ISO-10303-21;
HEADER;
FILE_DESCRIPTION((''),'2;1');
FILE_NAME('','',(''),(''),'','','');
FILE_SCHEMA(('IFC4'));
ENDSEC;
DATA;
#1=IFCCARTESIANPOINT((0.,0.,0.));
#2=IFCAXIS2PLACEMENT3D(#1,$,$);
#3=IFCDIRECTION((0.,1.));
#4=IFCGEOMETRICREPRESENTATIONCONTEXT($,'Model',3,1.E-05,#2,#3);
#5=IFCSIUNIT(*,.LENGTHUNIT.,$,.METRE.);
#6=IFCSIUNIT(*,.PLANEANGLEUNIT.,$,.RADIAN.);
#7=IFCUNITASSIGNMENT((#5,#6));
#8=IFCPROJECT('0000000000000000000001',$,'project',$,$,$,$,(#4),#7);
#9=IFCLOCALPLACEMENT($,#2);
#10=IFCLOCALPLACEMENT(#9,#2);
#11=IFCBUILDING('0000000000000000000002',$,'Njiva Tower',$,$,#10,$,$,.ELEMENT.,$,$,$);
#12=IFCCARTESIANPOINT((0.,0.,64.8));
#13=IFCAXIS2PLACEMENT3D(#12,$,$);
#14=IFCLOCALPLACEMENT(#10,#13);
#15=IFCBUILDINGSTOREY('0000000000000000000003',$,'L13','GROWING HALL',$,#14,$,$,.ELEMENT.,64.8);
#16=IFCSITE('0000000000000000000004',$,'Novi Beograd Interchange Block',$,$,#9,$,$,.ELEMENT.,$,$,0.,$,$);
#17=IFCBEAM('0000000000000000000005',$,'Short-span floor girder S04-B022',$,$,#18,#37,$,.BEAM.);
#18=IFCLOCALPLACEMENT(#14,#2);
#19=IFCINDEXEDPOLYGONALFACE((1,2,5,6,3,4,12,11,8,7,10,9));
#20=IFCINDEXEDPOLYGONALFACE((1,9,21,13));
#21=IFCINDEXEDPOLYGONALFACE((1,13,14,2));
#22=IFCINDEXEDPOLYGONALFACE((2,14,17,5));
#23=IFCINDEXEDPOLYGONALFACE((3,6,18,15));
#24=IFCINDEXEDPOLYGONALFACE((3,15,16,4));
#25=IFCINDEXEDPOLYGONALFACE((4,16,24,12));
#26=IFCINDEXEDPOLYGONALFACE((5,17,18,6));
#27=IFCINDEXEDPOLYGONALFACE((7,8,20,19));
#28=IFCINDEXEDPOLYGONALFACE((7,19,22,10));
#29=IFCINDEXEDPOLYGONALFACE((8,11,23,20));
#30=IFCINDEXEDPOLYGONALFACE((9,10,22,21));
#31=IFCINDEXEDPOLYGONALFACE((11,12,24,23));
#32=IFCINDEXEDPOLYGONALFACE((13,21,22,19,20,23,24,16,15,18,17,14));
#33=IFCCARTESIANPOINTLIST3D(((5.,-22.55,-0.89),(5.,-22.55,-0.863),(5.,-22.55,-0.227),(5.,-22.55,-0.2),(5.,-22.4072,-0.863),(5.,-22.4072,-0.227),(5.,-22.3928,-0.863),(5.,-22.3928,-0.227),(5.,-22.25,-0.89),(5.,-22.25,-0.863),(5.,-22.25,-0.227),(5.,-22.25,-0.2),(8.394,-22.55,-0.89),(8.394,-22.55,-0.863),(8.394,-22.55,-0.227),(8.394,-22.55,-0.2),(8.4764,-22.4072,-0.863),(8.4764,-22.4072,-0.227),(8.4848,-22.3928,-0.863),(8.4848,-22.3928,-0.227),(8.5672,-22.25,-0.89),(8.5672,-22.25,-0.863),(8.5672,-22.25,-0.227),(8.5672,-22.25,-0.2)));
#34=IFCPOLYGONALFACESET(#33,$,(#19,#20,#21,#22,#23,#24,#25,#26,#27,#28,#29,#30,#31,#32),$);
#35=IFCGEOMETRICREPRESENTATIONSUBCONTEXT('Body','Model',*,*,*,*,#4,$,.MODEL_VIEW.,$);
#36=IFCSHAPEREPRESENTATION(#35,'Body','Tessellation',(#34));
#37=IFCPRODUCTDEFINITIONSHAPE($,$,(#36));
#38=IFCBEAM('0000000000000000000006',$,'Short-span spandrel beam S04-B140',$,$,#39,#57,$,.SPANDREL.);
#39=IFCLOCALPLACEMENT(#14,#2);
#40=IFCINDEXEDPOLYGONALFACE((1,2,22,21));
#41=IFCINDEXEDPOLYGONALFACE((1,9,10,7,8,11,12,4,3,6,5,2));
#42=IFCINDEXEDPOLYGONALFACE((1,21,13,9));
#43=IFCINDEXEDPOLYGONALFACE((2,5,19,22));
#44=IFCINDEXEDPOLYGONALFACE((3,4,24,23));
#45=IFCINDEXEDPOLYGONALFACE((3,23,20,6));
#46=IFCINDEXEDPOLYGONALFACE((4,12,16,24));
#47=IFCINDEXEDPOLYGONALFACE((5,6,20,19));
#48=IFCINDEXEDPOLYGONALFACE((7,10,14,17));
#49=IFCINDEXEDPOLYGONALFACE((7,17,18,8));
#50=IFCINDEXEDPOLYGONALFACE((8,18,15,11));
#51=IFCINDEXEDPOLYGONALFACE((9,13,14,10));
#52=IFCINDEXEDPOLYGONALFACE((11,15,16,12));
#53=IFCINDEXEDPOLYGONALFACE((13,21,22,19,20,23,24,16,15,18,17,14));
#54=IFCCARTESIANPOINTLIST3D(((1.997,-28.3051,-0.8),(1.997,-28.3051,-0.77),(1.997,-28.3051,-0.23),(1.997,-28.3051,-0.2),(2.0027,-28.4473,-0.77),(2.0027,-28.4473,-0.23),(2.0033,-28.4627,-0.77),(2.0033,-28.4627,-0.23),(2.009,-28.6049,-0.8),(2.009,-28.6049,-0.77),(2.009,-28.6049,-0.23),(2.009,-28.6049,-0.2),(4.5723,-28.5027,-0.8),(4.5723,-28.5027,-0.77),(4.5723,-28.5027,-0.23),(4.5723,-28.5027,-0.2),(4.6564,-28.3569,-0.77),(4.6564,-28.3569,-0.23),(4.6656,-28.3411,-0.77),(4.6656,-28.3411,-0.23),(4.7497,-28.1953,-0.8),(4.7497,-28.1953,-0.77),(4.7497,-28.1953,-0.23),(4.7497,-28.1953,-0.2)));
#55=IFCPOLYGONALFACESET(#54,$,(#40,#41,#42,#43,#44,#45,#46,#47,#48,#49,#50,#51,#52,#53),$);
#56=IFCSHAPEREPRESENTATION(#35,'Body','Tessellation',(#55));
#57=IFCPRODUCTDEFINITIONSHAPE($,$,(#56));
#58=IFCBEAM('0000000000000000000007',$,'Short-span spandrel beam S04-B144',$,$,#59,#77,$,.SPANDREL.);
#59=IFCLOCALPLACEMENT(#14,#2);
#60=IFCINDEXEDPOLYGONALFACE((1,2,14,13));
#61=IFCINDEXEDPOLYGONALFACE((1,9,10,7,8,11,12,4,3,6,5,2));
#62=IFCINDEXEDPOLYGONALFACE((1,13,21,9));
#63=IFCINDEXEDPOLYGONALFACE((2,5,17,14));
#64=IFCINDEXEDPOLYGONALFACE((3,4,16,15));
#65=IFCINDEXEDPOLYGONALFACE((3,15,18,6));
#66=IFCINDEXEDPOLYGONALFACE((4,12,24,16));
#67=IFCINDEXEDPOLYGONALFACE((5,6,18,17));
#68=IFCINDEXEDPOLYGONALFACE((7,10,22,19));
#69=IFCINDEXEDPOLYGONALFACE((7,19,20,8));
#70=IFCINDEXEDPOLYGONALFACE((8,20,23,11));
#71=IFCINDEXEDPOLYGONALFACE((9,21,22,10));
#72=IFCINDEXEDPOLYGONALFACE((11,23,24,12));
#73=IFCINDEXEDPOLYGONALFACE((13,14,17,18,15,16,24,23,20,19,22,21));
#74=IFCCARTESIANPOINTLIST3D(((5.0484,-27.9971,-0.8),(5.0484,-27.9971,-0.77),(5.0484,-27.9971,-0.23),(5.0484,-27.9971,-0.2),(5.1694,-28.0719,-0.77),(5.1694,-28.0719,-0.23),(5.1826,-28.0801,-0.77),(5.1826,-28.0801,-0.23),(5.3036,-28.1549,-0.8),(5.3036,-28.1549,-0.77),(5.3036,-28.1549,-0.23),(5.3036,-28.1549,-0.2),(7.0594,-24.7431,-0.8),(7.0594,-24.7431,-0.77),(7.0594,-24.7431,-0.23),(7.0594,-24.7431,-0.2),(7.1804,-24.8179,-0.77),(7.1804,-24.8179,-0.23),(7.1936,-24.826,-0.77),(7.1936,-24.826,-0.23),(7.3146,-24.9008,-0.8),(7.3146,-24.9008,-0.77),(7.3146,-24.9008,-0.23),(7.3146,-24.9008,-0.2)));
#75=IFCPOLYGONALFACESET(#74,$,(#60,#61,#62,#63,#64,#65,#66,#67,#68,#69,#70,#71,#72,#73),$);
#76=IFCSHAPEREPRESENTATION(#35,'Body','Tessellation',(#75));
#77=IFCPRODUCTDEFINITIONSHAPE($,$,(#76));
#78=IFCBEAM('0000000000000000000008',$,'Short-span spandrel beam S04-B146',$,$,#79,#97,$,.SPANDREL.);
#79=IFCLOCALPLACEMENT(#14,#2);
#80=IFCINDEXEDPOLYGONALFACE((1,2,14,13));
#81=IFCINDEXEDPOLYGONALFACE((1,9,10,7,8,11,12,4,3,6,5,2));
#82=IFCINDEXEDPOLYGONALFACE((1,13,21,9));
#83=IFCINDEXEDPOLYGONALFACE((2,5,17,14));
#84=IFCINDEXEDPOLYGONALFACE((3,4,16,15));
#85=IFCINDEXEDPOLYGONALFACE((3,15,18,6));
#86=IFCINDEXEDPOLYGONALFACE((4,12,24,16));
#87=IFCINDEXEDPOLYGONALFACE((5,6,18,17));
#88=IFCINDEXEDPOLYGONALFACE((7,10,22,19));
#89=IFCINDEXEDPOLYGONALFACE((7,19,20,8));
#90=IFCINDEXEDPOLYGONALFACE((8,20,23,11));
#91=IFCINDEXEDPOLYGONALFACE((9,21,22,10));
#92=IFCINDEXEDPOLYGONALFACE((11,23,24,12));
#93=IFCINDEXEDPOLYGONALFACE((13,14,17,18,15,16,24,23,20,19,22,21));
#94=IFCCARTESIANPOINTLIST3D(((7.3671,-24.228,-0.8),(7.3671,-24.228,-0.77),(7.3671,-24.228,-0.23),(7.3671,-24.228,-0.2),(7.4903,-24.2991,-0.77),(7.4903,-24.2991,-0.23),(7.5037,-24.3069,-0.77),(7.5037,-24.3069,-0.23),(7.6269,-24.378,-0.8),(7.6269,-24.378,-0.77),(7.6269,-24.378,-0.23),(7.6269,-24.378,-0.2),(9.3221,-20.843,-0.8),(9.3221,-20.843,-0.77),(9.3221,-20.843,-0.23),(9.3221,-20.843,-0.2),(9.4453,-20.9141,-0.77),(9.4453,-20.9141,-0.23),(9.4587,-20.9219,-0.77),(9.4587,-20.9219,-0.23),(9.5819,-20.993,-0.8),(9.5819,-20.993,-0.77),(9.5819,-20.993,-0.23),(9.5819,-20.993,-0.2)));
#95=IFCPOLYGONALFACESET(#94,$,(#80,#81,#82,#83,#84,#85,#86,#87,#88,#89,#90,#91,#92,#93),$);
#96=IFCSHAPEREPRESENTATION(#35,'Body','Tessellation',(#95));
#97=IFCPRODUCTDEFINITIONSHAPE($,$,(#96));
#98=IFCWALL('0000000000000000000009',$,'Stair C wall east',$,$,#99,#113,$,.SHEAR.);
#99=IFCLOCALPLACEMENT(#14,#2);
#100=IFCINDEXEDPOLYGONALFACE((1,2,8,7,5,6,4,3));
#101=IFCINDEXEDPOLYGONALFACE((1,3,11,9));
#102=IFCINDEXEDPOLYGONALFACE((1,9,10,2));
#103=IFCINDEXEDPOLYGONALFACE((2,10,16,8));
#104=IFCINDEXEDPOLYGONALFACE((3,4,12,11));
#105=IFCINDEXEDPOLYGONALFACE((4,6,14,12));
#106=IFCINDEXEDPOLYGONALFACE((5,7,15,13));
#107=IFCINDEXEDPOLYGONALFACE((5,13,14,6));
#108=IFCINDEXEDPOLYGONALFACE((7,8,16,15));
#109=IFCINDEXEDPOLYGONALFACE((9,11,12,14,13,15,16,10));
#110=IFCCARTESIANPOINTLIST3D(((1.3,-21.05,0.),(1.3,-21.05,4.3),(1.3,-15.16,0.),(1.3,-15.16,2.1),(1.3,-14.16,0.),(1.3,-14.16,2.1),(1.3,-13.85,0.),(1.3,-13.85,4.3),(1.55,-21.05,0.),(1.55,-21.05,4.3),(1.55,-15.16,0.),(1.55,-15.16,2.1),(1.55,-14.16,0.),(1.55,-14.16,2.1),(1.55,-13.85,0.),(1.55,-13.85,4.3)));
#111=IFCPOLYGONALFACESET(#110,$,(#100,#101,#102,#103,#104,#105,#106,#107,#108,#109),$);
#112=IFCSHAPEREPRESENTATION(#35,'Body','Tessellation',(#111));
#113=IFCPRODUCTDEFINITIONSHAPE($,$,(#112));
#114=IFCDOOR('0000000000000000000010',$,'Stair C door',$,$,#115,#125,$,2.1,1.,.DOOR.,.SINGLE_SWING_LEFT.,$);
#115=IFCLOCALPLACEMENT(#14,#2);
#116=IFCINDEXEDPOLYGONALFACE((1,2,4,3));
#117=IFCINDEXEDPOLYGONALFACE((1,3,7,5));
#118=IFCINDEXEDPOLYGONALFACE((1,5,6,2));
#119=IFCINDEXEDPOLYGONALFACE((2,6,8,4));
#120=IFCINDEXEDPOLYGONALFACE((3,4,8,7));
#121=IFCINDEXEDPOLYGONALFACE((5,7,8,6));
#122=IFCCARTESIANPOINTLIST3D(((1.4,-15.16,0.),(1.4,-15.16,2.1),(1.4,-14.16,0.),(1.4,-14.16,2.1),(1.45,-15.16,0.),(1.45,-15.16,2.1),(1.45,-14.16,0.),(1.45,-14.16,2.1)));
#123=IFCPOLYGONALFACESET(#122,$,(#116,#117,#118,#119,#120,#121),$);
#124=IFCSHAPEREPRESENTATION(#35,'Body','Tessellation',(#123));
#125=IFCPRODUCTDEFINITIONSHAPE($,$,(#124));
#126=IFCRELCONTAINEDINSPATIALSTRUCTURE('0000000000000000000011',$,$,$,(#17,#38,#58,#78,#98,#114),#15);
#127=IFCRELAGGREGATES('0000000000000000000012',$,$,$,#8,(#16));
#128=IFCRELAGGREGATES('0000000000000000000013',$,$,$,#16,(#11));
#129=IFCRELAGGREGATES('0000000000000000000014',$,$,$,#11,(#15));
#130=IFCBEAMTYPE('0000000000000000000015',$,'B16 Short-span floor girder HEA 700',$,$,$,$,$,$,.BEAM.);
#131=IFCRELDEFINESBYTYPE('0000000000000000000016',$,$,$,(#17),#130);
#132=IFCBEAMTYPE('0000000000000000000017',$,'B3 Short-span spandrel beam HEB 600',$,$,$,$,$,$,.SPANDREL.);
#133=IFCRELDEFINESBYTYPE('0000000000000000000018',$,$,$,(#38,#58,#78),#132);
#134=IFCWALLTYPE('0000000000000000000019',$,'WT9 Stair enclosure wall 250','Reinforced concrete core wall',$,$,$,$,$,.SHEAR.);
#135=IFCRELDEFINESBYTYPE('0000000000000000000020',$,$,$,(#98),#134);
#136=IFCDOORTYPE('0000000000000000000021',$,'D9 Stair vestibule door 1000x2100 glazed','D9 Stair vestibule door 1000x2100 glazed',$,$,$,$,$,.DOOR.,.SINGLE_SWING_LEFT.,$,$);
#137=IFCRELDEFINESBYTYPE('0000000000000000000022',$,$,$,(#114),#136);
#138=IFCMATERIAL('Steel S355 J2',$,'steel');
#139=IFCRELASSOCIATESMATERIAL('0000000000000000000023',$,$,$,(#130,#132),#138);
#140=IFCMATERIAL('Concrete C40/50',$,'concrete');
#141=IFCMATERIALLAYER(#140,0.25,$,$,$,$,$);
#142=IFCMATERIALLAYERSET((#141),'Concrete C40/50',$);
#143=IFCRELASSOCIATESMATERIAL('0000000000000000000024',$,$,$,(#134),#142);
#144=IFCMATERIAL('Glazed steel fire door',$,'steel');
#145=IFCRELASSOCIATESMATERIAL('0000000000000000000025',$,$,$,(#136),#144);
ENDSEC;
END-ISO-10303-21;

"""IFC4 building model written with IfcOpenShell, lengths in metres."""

from ifc_helpers import new_model, si_unit, direction, frame, frame_2d, origin, origin_2d, place, context, subcontext, project, spatial, rectangle, i_section, extrude, clip, halfspace, material, layer, layer_set, material_profile, profile_set, type_object, element, fill, save


model = new_model("IFC4")

# Units and contexts
model_context = context("Model", 3, precision=1e-05, world=origin(), true_north=direction((0.0, 1.0)))
body_context = subcontext(model_context, "Body", "Model", "MODEL_VIEW")
ifc_project = project(units=[si_unit("LENGTHUNIT", "METRE"), si_unit("PLANEANGLEUNIT", "RADIAN")], contexts=[model_context])

# Site, building, storey
site_placement = place(None, origin())
site = spatial("IfcSite", under=ifc_project, at=site_placement, Name="Novi Beograd Interchange Block", CompositionType="ELEMENT", RefElevation=0.0)
building_placement = place(site_placement, origin())
building = spatial("IfcBuilding", under=site, at=building_placement, Name="Njiva Tower", CompositionType="ELEMENT")
storey_placement = place(building_placement, frame((0.0, 0.0, 64.8)))
storey = spatial("IfcBuildingStorey", under=building, at=storey_placement, Name="L13", Description="GROWING HALL", CompositionType="ELEMENT", Elevation=64.8)

# Shared definitions
ifc_material_1 = material(Name="Steel S355 J2", Category="steel")

# Beams
ifc_material_profile_1 = material_profile(ifc_material_1, i_section(OverallWidth=0.3, OverallDepth=0.69, WebThickness=0.0145, FlangeThickness=0.027, at=origin_2d()), Name="HEA 700")
ifc_profile_set_1 = profile_set([ifc_material_profile_1], Name="Steel S355 J2")
beam_type_1 = type_object("IfcBeamType", Name="B16 Short-span floor girder HEA 700", PredefinedType="BEAM", material=ifc_profile_set_1)
beam_1_placement = place(storey_placement, frame((5.0, -22.4, -0.545), z_axis=(1.0, 0.0, 0.0), x_axis=(0.0, 1.0, 0.0)))
element("IfcBeam", 1, at=beam_1_placement, inside=storey, type_object=beam_type_1, Name="Short-span floor girder S04-B022", PredefinedType="BEAM", context=body_context, shape_type="Clipping", body=[
    clip(extrude(i_section(OverallWidth=0.3, OverallDepth=0.69, WebThickness=0.0145, FlangeThickness=0.027, at=origin_2d()), origin(), (0.0, 0.0, 1.0), 3.588), halfspace(frame((-0.025, 0.0, 3.4662), z_axis=(-0.499998, 0.0, 0.866027), x_axis=(0.0, 1.0, 0.0)), False)),
])
ifc_material_profile_2 = material_profile(ifc_material_1, i_section(OverallWidth=0.3, OverallDepth=0.6, WebThickness=0.0155, FlangeThickness=0.03, at=origin_2d()), Name="HEB 600")
ifc_profile_set_2 = profile_set([ifc_material_profile_2], Name="Steel S355 J2")
beam_type_2 = type_object("IfcBeamType", Name="B3 Short-span spandrel beam HEB 600", PredefinedType="SPANDREL", material=ifc_profile_set_2)
beam_2_placement = place(storey_placement, frame((2.003, -28.455, -0.5), z_axis=(0.999206, 0.039848, 0.0), x_axis=(-0.039848, 0.999206, 0.0)))
element("IfcBeam", 2, at=beam_2_placement, inside=storey, type_object=beam_type_2, Name="Short-span spandrel beam S04-B140", PredefinedType="SPANDREL", context=body_context, shape_type="Clipping", body=[
    clip(extrude(i_section(OverallWidth=0.3, OverallDepth=0.6, WebThickness=0.0155, FlangeThickness=0.03, at=origin_2d()), origin(), (0.0, 0.0, 1.0), 2.7751), halfspace(frame((-0.0263, 0.0, 2.6435), z_axis=(-0.53411, 0.0, 0.845415), x_axis=(0.0, 1.0, 0.0)), False)),
])
beam_3_placement = place(storey_placement, frame((5.176, -28.076, -0.5), z_axis=(0.525715, 0.85066, 0.0), x_axis=(-0.85066, 0.525715, 0.0)))
element("IfcBeam", 3, at=beam_3_placement, inside=storey, type_object=beam_type_2, Name="Short-span spandrel beam S04-B144", PredefinedType="SPANDREL", context=body_context, shape_type="SweptSolid", body=[
    extrude(i_section(OverallWidth=0.3, OverallDepth=0.6, WebThickness=0.0155, FlangeThickness=0.03, at=origin_2d()), origin(), (0.0, 0.0, 1.0), 3.8253),
])
beam_4_placement = place(storey_placement, frame((7.497, -24.303, -0.5), z_axis=(0.500128, 0.865951, 0.0), x_axis=(-0.865951, 0.500128, 0.0)))
element("IfcBeam", 4, at=beam_4_placement, inside=storey, type_object=beam_type_2, Name="Short-span spandrel beam S04-B146", PredefinedType="SPANDREL", context=body_context, shape_type="SweptSolid", body=[
    extrude(i_section(OverallWidth=0.3, OverallDepth=0.6, WebThickness=0.0155, FlangeThickness=0.03, at=origin_2d()), origin(), (0.0, 0.0, 1.0), 3.909),
])

# Wall, opening, door
ifc_material_2 = material(Name="Concrete C40/50", Category="concrete")
ifc_layer_1 = layer(ifc_material_2, 0.25)
ifc_layer_set_1 = layer_set([ifc_layer_1], Name="Concrete C40/50")
wall_type_1 = type_object("IfcWallType", Name="WT9 Stair enclosure wall 250", Description="Reinforced concrete core wall", PredefinedType="SHEAR", material=ifc_layer_set_1)
wall_1_placement = place(storey_placement, frame((1.425, -21.05, 0.0), z_axis=(0.0, 0.0, 1.0), x_axis=(0.0, 1.0, 0.0)))
wall_1 = element("IfcWall", 5, at=wall_1_placement, inside=storey, type_object=wall_type_1, Name="Stair C wall east", PredefinedType="SHEAR", context=body_context, shape_type="SweptSolid", body=[
    extrude(rectangle(XDim=7.2, YDim=0.25, at=frame_2d((3.6, 0.0))), origin(), (0.0, 0.0, 1.0), 4.3),
])
opening_1_placement = place(wall_1_placement, frame((5.89, 0.0, 0.0)))
opening_1 = element("IfcOpeningElement", 6, at=opening_1_placement, cuts=wall_1, PredefinedType="OPENING", context=body_context, shape_type="SweptSolid", body=[
    extrude(rectangle(XDim=1.0, YDim=2.1, at=frame_2d((0.5, 1.05))), frame((0.0, 0.135, 0.0), z_axis=(0.0, -1.0, 0.0), x_axis=(1.0, 0.0, 0.0)), (0.0, 0.0, 1.0), 0.27),
])
ifc_material_3 = material(Name="Glazed steel fire door", Category="steel")
door_type = type_object("IfcDoorType", Name="D9 Stair vestibule door 1000x2100 glazed", Description="D9 Stair vestibule door 1000x2100 glazed", OperationType="SINGLE_SWING_LEFT", PredefinedType="DOOR", material=ifc_material_3)
door_placement = place(opening_1_placement, origin())
door = element("IfcDoor", 7, at=door_placement, inside=storey, type_object=door_type, Name="Stair C door", OperationType="SINGLE_SWING_LEFT", OverallHeight=2.1, OverallWidth=1.0, PredefinedType="DOOR", context=body_context, shape_type="SweptSolid", body=[
    extrude(rectangle(XDim=1.0, YDim=2.1, at=frame_2d((0.5, 1.05))), frame((0.0, 0.025, 0.0), z_axis=(0.0, -1.0, 0.0), x_axis=(1.0, 0.0, 0.0)), (0.0, 0.0, 1.0), 0.05),
])
fill(opening_1, door)

save(model, "model.ifc")
